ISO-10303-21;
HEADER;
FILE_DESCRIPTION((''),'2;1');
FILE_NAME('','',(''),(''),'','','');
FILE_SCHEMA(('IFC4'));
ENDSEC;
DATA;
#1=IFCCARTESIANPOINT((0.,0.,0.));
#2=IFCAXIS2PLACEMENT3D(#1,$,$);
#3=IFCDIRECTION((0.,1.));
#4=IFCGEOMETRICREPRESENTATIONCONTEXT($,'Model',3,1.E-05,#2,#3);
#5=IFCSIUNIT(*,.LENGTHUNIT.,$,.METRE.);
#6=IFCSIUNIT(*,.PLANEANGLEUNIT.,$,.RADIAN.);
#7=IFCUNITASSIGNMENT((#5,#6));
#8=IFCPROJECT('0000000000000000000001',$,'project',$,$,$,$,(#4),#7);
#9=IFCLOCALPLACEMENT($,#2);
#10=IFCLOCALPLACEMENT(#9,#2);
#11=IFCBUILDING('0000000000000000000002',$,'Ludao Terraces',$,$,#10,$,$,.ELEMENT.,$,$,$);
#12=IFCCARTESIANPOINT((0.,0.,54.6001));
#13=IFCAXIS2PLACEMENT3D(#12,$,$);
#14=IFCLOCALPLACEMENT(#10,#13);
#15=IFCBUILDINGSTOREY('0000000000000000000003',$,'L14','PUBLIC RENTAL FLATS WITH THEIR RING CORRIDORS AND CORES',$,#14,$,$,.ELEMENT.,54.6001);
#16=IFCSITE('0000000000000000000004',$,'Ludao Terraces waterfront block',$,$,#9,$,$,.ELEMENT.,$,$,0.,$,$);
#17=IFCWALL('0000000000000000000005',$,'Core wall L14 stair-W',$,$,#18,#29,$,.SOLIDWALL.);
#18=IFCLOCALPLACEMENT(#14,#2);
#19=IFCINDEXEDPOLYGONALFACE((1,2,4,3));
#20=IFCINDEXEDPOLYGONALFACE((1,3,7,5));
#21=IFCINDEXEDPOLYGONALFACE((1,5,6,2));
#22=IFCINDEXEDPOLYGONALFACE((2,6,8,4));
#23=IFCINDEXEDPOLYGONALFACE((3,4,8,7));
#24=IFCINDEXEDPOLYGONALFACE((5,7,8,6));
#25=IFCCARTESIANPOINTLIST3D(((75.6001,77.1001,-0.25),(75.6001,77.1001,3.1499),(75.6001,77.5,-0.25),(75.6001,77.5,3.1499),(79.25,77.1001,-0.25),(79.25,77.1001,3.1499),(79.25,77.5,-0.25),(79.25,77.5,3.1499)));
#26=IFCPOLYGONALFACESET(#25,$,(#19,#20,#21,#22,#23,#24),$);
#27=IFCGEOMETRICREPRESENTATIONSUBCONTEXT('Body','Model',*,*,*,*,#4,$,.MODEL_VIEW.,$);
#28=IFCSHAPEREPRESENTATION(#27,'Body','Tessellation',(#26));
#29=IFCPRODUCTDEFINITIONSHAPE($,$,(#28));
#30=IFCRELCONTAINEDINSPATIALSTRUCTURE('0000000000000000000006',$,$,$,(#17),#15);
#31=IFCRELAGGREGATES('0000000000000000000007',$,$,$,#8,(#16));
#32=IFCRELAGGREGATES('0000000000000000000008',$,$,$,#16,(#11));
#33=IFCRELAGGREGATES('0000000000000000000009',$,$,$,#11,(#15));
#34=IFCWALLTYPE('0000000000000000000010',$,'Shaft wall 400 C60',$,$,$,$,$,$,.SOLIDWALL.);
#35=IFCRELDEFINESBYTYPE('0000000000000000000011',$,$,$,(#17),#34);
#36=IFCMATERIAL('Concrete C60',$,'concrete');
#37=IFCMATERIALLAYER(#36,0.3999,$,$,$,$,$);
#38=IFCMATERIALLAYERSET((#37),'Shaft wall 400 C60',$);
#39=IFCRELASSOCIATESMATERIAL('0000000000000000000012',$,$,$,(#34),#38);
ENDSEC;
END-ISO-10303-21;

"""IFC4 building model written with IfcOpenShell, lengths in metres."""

from ifc_helpers import new_model, si_unit, direction, frame, frame_2d, origin, place, context, subcontext, project, spatial, rectangle, extrude, material, layer, layer_set, type_object, element, save


model = new_model("IFC4")

# Units and contexts
model_context = context("Model", 3, precision=1e-05, world=origin(), true_north=direction((0.0, 1.0)))
body_context = subcontext(model_context, "Body", "Model", "MODEL_VIEW")
ifc_project = project(units=[si_unit("LENGTHUNIT", "METRE"), si_unit("PLANEANGLEUNIT", "RADIAN")], contexts=[model_context])

# Site, building, storey
site_placement = place(None, origin())
site = spatial("IfcSite", under=ifc_project, at=site_placement, Name="Ludao Terraces waterfront block", CompositionType="ELEMENT", RefElevation=0.0)
building_placement = place(site_placement, origin())
building = spatial("IfcBuilding", under=site, at=building_placement, Name="Ludao Terraces", CompositionType="ELEMENT")
storey_placement = place(building_placement, frame((0.0, 0.0, 54.6001)))
storey = spatial("IfcBuildingStorey", under=building, at=storey_placement, Name="L14", Description="PUBLIC RENTAL FLATS WITH THEIR RING CORRIDORS AND CORES", CompositionType="ELEMENT", Elevation=54.6001)

# Shared definitions
ifc_material_1 = material(Name="Concrete C60", Category="concrete")

# Wall
ifc_layer_1 = layer(ifc_material_1, 0.3999)
ifc_layer_set_1 = layer_set([ifc_layer_1], Name="Shaft wall 400 C60")
wall_type_1 = type_object("IfcWallType", Name="Shaft wall 400 C60", PredefinedType="SOLIDWALL", material=ifc_layer_set_1)
for number, where, z_axis, x_axis, name in (
    (1, (75.6001, 77.3, -0.25), (0.0, 0.0, 1.0), (1.0, 0.0, 0.0), "Core wall L14 stair-W"),
):
    element("IfcWall", number, at=place(storey_placement, frame(where, z_axis=z_axis, x_axis=x_axis)), inside=storey, type_object=wall_type_1, Name=name, PredefinedType="SOLIDWALL", context=body_context, shape_type="SweptSolid", body=[
        extrude(rectangle(XDim=3.6499, YDim=0.3999, at=frame_2d((1.825, 0.0))), origin(), (0.0, 0.0, 1.0), 3.3999),
    ])

save(model, "model.ifc")
